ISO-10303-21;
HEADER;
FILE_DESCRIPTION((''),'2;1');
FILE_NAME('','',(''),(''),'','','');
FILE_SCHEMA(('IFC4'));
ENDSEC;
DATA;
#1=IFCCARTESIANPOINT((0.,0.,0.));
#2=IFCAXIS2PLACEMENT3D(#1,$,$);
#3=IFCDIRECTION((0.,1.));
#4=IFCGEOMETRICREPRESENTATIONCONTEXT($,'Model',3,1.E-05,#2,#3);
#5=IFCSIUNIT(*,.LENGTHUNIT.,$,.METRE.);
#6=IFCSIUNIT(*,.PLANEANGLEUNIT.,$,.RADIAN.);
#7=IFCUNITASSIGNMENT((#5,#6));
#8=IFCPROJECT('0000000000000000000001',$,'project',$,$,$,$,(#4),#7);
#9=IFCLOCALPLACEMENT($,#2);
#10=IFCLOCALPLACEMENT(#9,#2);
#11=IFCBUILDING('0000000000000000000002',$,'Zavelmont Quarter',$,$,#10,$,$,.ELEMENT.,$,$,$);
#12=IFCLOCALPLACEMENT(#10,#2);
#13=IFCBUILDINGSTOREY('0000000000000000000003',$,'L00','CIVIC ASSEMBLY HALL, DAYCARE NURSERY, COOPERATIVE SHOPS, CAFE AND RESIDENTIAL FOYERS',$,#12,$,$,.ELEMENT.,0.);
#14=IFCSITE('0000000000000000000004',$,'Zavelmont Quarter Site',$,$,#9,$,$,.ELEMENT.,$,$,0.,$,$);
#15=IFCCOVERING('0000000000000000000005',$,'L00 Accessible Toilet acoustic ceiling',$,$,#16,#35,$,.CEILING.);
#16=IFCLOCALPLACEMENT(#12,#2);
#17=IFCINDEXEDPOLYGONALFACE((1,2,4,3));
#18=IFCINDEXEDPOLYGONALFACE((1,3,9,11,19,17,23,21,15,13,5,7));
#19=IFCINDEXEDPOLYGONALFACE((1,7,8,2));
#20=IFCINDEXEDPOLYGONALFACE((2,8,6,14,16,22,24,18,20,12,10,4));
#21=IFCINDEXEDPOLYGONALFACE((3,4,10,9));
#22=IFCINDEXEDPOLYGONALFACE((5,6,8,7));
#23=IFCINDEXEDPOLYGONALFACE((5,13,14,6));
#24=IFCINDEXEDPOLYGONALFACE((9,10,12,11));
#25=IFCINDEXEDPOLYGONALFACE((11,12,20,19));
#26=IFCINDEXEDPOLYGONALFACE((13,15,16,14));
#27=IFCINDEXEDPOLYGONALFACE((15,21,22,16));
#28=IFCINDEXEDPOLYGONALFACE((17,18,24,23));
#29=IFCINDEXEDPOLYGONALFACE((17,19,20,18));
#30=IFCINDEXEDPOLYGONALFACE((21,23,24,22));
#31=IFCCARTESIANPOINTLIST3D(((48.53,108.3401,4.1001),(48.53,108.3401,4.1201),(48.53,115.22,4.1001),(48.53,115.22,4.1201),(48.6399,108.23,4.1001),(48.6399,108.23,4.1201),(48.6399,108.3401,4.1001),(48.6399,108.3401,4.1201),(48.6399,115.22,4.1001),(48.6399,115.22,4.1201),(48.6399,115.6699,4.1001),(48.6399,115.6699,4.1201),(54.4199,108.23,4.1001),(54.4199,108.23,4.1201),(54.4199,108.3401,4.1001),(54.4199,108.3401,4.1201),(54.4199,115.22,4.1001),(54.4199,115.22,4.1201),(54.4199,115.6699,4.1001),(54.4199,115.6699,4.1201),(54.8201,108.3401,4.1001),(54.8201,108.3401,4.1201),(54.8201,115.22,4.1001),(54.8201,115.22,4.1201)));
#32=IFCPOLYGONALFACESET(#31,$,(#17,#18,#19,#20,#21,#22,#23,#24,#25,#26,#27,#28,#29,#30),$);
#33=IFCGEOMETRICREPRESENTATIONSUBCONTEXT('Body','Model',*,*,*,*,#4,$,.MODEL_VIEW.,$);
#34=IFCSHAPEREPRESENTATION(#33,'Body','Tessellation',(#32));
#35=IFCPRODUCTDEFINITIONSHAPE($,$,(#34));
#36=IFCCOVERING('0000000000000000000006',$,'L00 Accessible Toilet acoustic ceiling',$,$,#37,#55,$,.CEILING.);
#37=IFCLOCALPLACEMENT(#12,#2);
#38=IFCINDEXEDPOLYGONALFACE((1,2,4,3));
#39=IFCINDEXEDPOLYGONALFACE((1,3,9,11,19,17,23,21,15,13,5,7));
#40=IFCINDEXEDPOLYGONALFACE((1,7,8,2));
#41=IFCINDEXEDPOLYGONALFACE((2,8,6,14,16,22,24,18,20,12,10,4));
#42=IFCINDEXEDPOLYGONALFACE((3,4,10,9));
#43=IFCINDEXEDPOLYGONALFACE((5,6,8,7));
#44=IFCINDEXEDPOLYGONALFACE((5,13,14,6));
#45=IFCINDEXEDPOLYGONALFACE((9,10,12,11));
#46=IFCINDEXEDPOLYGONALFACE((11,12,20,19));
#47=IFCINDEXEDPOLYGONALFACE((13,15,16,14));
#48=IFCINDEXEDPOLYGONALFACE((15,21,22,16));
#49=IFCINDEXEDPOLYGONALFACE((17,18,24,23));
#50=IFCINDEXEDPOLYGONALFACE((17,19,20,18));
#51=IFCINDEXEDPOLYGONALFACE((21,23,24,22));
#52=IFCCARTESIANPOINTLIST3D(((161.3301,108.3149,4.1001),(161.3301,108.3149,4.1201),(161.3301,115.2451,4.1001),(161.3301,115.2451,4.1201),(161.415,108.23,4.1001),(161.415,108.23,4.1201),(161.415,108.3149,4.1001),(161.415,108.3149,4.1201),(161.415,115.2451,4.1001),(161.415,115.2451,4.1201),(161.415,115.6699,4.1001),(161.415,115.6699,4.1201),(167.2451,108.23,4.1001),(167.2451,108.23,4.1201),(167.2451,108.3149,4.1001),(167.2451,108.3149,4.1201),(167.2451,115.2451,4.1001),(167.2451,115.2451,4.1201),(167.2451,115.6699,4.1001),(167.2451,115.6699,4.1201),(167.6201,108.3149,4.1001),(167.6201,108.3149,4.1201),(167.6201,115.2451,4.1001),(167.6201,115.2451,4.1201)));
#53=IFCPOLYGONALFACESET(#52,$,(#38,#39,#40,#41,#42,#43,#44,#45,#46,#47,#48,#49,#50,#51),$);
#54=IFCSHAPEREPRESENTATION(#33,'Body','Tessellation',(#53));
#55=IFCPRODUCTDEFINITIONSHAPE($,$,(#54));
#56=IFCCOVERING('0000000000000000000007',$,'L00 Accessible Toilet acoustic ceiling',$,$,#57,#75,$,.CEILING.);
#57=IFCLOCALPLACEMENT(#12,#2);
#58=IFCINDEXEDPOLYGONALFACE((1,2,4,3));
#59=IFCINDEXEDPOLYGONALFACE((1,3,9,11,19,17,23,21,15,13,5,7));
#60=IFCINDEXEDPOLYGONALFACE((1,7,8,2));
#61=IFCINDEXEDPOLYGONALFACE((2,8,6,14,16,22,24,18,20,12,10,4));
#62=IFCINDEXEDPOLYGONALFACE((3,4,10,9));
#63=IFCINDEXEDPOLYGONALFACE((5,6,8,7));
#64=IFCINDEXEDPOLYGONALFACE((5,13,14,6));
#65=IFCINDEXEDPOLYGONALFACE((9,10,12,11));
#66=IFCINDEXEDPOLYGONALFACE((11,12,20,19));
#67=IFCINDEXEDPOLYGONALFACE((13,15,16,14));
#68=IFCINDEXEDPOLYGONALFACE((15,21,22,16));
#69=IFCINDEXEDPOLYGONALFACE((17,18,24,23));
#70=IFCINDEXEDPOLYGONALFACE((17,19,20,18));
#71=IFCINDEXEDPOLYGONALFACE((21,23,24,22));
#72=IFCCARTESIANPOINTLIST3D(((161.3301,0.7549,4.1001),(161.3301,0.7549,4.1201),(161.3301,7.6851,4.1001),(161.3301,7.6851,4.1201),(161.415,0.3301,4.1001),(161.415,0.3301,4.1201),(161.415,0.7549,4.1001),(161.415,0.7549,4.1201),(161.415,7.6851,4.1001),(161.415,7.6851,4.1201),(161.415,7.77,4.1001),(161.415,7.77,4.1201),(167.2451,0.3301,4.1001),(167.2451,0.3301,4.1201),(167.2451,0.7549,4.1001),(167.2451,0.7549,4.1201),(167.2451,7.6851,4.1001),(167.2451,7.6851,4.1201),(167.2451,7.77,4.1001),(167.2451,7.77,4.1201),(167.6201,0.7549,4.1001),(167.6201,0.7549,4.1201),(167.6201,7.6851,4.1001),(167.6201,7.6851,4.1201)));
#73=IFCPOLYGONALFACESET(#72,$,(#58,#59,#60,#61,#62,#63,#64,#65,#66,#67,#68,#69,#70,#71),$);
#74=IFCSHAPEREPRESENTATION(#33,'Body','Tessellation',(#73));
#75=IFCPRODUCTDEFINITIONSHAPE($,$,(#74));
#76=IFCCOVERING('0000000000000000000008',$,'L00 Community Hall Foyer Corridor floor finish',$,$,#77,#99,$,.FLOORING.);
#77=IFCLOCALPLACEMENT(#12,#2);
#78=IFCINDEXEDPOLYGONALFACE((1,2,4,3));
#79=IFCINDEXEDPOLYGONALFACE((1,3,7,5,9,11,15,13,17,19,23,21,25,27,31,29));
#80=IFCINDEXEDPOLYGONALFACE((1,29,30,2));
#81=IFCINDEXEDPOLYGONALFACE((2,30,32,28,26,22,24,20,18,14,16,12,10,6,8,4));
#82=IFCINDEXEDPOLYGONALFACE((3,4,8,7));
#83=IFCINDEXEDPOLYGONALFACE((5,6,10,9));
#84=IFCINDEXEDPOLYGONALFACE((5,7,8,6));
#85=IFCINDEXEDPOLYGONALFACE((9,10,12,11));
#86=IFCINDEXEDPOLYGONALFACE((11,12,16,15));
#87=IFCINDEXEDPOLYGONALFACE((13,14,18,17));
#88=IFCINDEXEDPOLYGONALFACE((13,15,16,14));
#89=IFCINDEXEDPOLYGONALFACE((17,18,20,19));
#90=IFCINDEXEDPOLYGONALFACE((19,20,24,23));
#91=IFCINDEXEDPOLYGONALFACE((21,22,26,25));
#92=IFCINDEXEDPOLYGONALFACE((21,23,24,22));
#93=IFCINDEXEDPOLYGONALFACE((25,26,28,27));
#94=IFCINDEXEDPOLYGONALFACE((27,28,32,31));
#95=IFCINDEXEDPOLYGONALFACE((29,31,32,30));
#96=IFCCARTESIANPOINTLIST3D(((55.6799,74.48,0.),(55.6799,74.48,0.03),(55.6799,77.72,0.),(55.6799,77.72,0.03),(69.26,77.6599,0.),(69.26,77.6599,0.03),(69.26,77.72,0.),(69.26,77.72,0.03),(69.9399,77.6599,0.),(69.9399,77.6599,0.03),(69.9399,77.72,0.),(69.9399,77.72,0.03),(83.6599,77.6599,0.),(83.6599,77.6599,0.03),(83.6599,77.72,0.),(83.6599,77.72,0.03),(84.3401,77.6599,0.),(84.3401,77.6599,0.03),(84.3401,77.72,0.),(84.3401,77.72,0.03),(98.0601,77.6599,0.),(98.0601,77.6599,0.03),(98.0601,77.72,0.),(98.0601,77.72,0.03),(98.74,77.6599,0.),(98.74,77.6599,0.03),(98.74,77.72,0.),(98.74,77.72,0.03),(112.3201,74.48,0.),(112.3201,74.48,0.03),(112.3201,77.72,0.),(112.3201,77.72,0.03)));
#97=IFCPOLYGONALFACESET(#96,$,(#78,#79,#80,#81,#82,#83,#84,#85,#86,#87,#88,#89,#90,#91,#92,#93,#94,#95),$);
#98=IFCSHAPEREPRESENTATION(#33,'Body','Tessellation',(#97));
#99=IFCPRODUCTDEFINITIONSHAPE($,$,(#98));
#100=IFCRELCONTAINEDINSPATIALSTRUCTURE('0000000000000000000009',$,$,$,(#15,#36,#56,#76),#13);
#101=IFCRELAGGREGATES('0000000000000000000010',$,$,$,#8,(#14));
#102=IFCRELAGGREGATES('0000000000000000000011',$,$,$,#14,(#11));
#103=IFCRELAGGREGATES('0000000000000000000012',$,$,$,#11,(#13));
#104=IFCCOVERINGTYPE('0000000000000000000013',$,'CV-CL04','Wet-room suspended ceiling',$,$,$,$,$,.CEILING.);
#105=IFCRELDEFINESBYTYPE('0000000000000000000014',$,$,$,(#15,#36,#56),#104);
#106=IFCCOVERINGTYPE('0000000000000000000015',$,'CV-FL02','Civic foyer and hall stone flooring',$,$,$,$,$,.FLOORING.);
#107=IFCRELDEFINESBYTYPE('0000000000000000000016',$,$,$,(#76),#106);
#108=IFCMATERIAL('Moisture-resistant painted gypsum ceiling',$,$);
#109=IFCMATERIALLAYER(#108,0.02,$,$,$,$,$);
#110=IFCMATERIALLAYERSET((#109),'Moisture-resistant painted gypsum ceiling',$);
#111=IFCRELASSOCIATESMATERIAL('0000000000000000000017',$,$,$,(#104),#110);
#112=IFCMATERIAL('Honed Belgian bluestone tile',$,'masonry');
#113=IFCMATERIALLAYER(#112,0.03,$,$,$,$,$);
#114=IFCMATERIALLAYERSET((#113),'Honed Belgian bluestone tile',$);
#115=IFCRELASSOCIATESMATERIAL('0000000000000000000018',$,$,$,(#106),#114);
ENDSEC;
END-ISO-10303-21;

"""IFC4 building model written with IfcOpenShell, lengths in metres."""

from ifc_helpers import new_model, si_unit, direction, frame, origin, place, context, subcontext, project, spatial, polyline, outline, extrude, material, layer, layer_set, type_object, element, save


model = new_model("IFC4")

# Units and contexts
model_context = context("Model", 3, precision=1e-05, world=origin(), true_north=direction((0.0, 1.0)))
body_context = subcontext(model_context, "Body", "Model", "MODEL_VIEW")
ifc_project = project(units=[si_unit("LENGTHUNIT", "METRE"), si_unit("PLANEANGLEUNIT", "RADIAN")], contexts=[model_context])

# Site, building, storey
site_placement = place(None, origin())
site = spatial("IfcSite", under=ifc_project, at=site_placement, Name="Zavelmont Quarter Site", CompositionType="ELEMENT", RefElevation=0.0)
building_placement = place(site_placement, origin())
building = spatial("IfcBuilding", under=site, at=building_placement, Name="Zavelmont Quarter", CompositionType="ELEMENT")
storey_placement = place(building_placement, origin())
storey = spatial("IfcBuildingStorey", under=building, at=storey_placement, Name="L00", Description="CIVIC ASSEMBLY HALL, DAYCARE NURSERY, COOPERATIVE SHOPS, CAFE AND RESIDENTIAL FOYERS", CompositionType="ELEMENT", Elevation=0.0)

# Coverings
ifc_material_1 = material(Name="Moisture-resistant painted gypsum ceiling")
ifc_layer_1 = layer(ifc_material_1, 0.02)
ifc_layer_set_1 = layer_set([ifc_layer_1], Name="Moisture-resistant painted gypsum ceiling")
covering_type_1 = type_object("IfcCoveringType", Name="CV-CL04", Description="Wet-room suspended ceiling", PredefinedType="CEILING", material=ifc_layer_set_1)
covering_1_placement = place(storey_placement, frame((0.0, 0.0, 4.1001)))
element("IfcCovering", 1, at=covering_1_placement, inside=storey, type_object=covering_type_1, Name="L00 Accessible Toilet acoustic ceiling", PredefinedType="CEILING", context=body_context, shape_type="SweptSolid", body=[
    extrude(outline(polyline([(48.53, 115.22), (48.6399, 115.22), (48.6399, 115.6699), (54.4199, 115.6699), (54.4199, 115.22), (54.8201, 115.22), (54.8201, 108.3401), (54.4199, 108.3401), (54.4199, 108.23), (48.6399, 108.23), (48.6399, 108.3401), (48.53, 108.3401), (48.53, 115.22)])), origin(), (0.0, 0.0, 1.0), 0.02),
])
covering_2_placement = place(storey_placement, frame((0.0, 0.0, 4.1001)))
element("IfcCovering", 2, at=covering_2_placement, inside=storey, type_object=covering_type_1, Name="L00 Accessible Toilet acoustic ceiling", PredefinedType="CEILING", context=body_context, shape_type="SweptSolid", body=[
    extrude(outline(polyline([(161.3301, 115.2451), (161.415, 115.2451), (161.415, 115.6699), (167.2451, 115.6699), (167.2451, 115.2451), (167.6201, 115.2451), (167.6201, 108.3149), (167.2451, 108.3149), (167.2451, 108.23), (161.415, 108.23), (161.415, 108.3149), (161.3301, 108.3149), (161.3301, 115.2451)])), origin(), (0.0, 0.0, 1.0), 0.02),
])
covering_3_placement = place(storey_placement, frame((0.0, 0.0, 4.1001)))
element("IfcCovering", 3, at=covering_3_placement, inside=storey, type_object=covering_type_1, Name="L00 Accessible Toilet acoustic ceiling", PredefinedType="CEILING", context=body_context, shape_type="SweptSolid", body=[
    extrude(outline(polyline([(161.3301, 7.6851), (161.415, 7.6851), (161.415, 7.77), (167.2451, 7.77), (167.2451, 7.6851), (167.6201, 7.6851), (167.6201, 0.7549), (167.2451, 0.7549), (167.2451, 0.3301), (161.415, 0.3301), (161.415, 0.7549), (161.3301, 0.7549), (161.3301, 7.6851)])), origin(), (0.0, 0.0, 1.0), 0.02),
])
ifc_material_2 = material(Name="Honed Belgian bluestone tile", Category="masonry")
ifc_layer_2 = layer(ifc_material_2, 0.03)
ifc_layer_set_2 = layer_set([ifc_layer_2], Name="Honed Belgian bluestone tile")
covering_type_2 = type_object("IfcCoveringType", Name="CV-FL02", Description="Civic foyer and hall stone flooring", PredefinedType="FLOORING", material=ifc_layer_set_2)
covering_4_placement = place(storey_placement, origin())
element("IfcCovering", 4, at=covering_4_placement, inside=storey, type_object=covering_type_2, Name="L00 Community Hall Foyer Corridor floor finish", PredefinedType="FLOORING", context=body_context, shape_type="SweptSolid", body=[
    extrude(outline(polyline([(55.6799, 77.72), (69.26, 77.72), (69.26, 77.6599), (69.9399, 77.6599), (69.9399, 77.72), (83.6599, 77.72), (83.6599, 77.6599), (84.3401, 77.6599), (84.3401, 77.72), (98.0601, 77.72), (98.0601, 77.6599), (98.74, 77.6599), (98.74, 77.72), (112.3201, 77.72), (112.3201, 74.48), (55.6799, 74.48), (55.6799, 77.72)])), origin(), (0.0, 0.0, 1.0), 0.03),
])

save(model, "model.ifc")
